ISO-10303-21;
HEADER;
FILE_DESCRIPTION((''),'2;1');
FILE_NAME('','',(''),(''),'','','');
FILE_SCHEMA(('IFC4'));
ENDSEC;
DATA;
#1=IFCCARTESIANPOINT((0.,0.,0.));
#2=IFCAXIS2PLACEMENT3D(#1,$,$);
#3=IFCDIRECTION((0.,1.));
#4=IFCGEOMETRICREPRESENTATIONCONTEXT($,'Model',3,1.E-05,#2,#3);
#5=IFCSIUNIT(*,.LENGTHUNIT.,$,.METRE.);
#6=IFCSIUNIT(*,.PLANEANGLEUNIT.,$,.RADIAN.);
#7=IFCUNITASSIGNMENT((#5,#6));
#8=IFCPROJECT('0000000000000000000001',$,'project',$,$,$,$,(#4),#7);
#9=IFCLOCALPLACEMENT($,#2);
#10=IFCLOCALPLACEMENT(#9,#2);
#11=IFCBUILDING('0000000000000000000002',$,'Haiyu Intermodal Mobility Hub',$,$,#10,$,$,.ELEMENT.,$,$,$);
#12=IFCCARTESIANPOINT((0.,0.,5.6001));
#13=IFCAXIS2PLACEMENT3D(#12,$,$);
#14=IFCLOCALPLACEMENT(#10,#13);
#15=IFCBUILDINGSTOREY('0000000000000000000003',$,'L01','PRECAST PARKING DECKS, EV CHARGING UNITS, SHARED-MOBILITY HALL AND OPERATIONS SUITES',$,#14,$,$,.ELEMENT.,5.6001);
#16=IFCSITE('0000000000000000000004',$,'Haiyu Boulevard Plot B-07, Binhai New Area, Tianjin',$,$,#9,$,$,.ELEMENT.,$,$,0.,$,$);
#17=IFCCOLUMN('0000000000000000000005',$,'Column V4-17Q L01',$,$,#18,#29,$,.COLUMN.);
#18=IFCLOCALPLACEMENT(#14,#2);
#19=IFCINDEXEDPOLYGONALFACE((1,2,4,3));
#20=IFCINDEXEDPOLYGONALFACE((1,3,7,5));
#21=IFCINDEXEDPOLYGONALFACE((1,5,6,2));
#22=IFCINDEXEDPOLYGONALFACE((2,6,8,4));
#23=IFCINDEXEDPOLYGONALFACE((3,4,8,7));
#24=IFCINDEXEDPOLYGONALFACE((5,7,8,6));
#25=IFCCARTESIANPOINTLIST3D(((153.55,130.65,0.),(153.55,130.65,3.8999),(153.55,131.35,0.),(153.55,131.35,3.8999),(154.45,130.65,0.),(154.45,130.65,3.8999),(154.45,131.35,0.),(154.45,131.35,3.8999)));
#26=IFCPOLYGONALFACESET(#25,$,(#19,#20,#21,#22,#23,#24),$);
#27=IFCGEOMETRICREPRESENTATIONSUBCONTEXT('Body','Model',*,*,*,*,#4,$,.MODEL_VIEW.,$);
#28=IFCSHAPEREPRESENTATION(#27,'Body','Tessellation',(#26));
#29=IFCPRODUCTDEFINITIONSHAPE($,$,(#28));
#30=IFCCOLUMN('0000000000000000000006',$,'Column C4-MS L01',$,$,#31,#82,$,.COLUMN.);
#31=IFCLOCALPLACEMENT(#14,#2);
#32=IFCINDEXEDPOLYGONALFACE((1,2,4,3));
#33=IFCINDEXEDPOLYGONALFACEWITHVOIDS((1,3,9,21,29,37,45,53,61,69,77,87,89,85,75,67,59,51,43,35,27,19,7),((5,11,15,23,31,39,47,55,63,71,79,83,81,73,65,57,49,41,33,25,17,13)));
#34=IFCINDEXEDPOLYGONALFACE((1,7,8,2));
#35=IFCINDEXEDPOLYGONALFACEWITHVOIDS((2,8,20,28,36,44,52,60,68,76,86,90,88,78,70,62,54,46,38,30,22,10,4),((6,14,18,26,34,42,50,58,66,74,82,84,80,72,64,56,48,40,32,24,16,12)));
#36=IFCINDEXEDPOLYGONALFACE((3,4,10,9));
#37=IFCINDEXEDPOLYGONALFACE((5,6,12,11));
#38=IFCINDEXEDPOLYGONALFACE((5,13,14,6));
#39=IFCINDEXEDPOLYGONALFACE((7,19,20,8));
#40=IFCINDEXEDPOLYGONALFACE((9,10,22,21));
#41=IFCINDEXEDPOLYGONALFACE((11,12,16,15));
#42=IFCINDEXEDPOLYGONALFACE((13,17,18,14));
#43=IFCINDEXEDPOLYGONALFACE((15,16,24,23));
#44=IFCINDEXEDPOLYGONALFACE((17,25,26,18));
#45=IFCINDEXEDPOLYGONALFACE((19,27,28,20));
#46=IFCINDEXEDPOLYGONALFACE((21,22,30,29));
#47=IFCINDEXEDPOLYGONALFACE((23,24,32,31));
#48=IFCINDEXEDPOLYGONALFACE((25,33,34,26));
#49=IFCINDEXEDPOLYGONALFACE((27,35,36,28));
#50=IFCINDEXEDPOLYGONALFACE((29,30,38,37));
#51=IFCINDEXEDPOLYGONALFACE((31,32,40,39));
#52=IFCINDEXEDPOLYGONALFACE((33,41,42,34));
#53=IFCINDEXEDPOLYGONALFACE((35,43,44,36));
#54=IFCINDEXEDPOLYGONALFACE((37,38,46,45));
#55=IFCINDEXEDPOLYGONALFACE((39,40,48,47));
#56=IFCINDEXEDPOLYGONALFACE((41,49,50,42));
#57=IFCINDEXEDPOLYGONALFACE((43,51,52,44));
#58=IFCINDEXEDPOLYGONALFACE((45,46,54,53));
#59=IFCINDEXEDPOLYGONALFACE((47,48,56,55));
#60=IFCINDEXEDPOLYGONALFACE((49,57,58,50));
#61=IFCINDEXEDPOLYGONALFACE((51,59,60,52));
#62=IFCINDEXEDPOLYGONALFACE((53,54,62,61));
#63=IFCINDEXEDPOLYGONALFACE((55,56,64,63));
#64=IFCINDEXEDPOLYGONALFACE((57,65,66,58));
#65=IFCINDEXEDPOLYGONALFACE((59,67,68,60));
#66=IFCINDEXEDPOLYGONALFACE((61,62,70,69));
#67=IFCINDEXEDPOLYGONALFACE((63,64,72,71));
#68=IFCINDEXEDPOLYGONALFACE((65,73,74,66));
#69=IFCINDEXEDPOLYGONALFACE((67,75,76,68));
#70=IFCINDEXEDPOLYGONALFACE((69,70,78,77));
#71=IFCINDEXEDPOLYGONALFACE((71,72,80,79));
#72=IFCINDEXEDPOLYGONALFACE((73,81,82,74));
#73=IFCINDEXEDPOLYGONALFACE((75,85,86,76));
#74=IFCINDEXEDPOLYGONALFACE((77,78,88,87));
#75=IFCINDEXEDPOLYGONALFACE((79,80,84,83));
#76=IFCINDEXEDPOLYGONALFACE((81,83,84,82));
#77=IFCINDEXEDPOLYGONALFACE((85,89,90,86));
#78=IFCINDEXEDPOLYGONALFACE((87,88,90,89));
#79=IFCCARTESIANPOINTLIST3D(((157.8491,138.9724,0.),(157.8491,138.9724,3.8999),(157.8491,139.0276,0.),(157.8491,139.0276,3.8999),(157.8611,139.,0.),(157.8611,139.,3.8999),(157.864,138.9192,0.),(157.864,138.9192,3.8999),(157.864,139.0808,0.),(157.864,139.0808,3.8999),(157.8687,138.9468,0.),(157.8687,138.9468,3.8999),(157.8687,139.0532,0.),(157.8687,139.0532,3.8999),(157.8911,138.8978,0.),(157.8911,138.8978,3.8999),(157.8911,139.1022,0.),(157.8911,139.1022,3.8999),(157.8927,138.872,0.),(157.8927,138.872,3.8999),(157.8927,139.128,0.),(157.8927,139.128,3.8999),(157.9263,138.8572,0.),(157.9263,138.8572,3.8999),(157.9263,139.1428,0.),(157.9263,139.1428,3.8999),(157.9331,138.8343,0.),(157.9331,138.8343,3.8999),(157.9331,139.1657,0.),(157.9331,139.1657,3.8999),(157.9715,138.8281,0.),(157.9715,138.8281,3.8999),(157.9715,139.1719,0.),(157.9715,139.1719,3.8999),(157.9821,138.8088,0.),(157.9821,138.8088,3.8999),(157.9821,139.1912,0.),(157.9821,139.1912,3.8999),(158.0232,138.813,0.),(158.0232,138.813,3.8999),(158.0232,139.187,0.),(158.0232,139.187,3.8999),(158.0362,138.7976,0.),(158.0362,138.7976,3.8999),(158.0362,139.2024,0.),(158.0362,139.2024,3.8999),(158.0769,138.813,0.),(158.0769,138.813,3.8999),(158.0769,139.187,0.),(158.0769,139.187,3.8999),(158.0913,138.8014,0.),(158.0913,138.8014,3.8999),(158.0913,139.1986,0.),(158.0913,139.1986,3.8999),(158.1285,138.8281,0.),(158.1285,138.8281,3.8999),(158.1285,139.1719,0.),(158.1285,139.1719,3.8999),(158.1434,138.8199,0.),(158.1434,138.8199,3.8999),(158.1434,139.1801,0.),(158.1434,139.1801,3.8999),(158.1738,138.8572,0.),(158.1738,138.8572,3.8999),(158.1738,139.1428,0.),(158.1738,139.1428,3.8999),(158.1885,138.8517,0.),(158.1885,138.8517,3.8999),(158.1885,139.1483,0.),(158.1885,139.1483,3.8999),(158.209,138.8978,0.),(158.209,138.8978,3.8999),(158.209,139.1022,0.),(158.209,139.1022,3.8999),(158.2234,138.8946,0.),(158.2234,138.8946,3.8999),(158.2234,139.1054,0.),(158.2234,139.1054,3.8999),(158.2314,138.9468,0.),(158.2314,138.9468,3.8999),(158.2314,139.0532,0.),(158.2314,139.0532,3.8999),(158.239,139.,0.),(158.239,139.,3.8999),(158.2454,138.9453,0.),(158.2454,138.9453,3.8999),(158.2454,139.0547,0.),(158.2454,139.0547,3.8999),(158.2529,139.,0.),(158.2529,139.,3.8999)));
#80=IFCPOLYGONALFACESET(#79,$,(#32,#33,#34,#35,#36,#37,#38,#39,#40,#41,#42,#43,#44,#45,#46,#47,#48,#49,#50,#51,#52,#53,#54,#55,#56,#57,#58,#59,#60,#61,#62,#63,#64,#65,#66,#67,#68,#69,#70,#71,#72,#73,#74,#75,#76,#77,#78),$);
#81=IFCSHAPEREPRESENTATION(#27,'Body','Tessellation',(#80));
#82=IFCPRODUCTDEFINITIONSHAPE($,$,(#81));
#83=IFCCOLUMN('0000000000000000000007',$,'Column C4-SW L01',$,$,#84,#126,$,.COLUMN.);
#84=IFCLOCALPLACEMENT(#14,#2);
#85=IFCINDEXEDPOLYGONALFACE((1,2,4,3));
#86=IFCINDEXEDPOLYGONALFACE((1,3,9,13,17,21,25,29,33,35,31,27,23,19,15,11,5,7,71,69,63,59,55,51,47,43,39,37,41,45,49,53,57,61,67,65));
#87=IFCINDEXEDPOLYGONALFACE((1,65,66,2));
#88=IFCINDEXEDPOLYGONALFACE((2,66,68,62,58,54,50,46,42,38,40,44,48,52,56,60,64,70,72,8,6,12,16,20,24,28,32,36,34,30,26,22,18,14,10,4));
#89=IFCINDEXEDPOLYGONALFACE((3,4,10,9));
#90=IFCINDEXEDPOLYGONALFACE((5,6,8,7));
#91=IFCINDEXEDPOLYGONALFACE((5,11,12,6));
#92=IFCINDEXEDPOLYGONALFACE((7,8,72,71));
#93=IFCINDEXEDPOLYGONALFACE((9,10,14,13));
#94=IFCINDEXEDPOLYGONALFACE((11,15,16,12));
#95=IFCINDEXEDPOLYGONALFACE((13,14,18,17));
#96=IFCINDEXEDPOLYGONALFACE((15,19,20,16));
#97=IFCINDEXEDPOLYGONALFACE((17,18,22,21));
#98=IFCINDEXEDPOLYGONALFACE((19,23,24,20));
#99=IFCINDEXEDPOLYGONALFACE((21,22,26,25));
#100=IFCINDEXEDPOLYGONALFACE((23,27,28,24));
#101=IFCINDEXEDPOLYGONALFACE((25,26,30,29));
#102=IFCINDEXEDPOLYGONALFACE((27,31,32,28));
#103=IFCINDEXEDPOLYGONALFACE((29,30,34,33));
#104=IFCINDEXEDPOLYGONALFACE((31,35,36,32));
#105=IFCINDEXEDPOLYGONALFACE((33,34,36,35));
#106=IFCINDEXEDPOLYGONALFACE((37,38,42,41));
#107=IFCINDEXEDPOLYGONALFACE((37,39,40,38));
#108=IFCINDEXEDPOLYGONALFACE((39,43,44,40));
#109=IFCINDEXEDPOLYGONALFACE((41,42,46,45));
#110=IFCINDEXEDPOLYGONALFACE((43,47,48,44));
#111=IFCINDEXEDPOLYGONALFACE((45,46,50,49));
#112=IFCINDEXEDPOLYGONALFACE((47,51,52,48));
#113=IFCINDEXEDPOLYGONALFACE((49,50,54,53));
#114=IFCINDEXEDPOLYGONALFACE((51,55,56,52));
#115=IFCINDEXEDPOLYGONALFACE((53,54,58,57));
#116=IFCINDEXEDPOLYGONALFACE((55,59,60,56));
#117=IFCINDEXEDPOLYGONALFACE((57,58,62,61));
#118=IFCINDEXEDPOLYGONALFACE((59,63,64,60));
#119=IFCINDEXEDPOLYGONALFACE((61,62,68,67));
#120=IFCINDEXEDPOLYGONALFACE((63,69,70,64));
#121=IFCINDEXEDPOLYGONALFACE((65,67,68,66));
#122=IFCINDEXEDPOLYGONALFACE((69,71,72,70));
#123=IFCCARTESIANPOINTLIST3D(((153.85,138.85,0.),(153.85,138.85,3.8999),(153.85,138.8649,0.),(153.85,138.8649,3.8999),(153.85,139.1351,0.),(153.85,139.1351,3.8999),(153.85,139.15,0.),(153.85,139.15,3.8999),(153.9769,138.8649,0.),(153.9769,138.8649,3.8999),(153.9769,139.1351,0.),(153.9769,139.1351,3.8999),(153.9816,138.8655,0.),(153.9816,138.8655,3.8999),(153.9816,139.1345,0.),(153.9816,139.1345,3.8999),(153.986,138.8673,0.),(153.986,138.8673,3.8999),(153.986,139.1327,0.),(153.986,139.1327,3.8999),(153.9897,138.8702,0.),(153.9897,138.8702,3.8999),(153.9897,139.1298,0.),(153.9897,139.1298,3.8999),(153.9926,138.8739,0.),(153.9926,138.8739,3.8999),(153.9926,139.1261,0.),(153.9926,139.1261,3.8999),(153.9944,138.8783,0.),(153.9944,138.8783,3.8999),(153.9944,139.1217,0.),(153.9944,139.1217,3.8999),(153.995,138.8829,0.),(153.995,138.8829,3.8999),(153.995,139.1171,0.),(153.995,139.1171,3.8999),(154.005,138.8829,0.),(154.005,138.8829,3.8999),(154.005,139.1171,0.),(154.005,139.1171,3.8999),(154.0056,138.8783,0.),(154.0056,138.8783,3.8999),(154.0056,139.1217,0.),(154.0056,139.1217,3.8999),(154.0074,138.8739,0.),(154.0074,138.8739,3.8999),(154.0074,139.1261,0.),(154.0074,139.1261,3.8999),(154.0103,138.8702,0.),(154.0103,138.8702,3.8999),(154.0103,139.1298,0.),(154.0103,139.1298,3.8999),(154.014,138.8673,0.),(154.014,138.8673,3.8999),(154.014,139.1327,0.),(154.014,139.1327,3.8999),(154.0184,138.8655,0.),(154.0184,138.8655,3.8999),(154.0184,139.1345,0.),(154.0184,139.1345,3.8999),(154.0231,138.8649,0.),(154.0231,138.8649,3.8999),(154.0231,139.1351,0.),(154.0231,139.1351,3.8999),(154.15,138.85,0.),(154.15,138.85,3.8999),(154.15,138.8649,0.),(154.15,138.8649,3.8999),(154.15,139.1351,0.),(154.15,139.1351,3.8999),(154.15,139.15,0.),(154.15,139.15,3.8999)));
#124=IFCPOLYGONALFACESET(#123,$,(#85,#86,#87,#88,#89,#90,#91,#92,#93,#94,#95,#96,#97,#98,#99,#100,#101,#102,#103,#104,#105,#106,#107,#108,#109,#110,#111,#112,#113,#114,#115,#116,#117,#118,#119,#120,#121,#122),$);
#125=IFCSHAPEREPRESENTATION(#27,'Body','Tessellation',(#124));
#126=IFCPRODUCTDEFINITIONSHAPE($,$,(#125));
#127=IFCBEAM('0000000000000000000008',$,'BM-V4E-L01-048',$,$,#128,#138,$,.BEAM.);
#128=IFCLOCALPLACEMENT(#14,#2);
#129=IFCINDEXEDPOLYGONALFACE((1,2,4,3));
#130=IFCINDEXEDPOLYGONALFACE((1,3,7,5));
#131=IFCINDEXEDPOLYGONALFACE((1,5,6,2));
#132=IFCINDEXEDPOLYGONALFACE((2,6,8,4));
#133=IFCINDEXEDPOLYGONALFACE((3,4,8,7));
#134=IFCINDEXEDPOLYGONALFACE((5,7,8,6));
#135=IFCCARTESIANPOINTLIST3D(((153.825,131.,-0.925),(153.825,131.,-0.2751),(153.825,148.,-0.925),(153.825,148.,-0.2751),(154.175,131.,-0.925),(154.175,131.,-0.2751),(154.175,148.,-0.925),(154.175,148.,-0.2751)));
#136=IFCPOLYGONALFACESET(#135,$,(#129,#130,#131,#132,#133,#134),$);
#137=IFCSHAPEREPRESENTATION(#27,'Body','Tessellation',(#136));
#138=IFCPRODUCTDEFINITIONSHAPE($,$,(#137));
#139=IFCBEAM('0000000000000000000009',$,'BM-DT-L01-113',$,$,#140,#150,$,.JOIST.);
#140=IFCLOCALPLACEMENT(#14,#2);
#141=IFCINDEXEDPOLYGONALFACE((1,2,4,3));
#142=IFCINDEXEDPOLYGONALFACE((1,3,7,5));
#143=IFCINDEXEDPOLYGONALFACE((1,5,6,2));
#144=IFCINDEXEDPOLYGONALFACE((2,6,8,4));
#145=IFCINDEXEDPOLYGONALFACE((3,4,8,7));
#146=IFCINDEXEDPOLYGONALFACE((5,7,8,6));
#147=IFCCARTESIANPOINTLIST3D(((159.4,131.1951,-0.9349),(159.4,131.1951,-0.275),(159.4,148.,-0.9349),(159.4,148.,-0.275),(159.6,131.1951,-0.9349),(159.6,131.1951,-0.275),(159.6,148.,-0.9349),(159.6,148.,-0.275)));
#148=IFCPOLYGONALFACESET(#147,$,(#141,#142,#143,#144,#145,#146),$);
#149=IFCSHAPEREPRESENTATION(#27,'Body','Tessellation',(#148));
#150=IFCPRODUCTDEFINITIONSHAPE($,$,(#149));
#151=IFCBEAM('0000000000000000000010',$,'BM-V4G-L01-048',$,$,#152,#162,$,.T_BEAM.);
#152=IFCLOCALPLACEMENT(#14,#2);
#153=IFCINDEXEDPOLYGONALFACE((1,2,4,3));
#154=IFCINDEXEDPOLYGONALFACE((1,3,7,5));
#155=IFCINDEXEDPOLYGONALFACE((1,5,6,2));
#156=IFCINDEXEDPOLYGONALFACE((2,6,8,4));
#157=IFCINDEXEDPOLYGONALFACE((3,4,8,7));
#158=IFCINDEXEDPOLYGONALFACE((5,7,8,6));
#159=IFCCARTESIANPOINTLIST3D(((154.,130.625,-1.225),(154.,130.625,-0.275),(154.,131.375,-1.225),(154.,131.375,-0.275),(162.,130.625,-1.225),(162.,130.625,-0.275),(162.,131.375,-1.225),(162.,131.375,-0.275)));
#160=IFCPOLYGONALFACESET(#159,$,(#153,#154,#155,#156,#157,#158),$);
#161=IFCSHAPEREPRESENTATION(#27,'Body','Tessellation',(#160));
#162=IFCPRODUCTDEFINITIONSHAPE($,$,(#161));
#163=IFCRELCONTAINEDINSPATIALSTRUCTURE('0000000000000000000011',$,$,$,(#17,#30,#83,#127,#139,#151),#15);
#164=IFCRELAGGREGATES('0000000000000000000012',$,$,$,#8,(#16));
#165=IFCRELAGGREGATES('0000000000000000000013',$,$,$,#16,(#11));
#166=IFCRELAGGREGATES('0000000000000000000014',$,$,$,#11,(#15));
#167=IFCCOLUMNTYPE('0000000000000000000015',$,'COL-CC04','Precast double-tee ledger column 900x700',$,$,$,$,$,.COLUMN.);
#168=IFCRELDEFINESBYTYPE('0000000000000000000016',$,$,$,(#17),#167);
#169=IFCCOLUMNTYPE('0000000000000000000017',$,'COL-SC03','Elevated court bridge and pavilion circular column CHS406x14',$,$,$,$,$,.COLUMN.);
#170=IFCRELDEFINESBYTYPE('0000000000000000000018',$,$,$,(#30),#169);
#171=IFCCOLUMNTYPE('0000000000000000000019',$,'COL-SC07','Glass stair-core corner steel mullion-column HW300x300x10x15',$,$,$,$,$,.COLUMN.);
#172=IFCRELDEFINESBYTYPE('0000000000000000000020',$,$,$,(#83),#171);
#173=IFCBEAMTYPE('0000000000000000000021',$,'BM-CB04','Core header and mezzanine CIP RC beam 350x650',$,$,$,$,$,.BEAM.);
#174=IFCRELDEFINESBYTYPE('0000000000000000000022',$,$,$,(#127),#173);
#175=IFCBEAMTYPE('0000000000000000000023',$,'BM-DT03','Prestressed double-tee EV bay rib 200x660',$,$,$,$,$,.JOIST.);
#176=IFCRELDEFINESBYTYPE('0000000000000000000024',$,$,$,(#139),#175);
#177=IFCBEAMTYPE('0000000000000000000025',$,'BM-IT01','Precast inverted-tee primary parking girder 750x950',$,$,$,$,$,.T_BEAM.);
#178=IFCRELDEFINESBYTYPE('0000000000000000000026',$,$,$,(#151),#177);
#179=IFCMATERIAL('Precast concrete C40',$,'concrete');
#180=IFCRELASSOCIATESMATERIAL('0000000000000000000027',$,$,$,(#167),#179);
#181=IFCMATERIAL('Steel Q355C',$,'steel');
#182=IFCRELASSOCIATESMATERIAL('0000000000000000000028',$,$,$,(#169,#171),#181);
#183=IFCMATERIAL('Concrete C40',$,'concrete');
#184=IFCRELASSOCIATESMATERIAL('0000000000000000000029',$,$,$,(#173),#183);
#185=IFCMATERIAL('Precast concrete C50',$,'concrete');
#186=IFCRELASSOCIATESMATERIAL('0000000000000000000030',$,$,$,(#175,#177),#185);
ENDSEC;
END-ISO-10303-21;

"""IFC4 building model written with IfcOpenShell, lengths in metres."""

from ifc_helpers import new_model, si_unit, direction, frame, origin, origin_2d, place, context, subcontext, project, spatial, rectangle, hollow_circle, i_section, extrude, material, material_profile, profile_set, type_object, element, save


model = new_model("IFC4")

# Units and contexts
model_context = context("Model", 3, precision=1e-05, world=origin(), true_north=direction((0.0, 1.0)))
body_context = subcontext(model_context, "Body", "Model", "MODEL_VIEW")
ifc_project = project(units=[si_unit("LENGTHUNIT", "METRE"), si_unit("PLANEANGLEUNIT", "RADIAN")], contexts=[model_context])

# Site, building, storey
site_placement = place(None, origin())
site = spatial("IfcSite", under=ifc_project, at=site_placement, Name="Haiyu Boulevard Plot B-07, Binhai New Area, Tianjin", CompositionType="ELEMENT", RefElevation=0.0)
building_placement = place(site_placement, origin())
building = spatial("IfcBuilding", under=site, at=building_placement, Name="Haiyu Intermodal Mobility Hub", CompositionType="ELEMENT")
storey_placement = place(building_placement, frame((0.0, 0.0, 5.6001)))
storey = spatial("IfcBuildingStorey", under=building, at=storey_placement, Name="L01", Description="PRECAST PARKING DECKS, EV CHARGING UNITS, SHARED-MOBILITY HALL AND OPERATIONS SUITES", CompositionType="ELEMENT", Elevation=5.6001)

# Columns
ifc_material_1 = material(Name="Precast concrete C40", Category="concrete")
ifc_material_profile_1 = material_profile(ifc_material_1, rectangle(XDim=0.8999, YDim=0.7, at=origin_2d()), Name="RC900x700")
ifc_profile_set_1 = profile_set([ifc_material_profile_1], Name="Precast concrete C40")
column_type_1 = type_object("IfcColumnType", Name="COL-CC04", Description="Precast double-tee ledger column 900x700", PredefinedType="COLUMN", material=ifc_profile_set_1)
column_1_placement = place(storey_placement, frame((154.0, 131.0, 0.0), z_axis=(0.0, 0.0, 1.0), x_axis=(1.0, 0.0, 0.0)))
element("IfcColumn", 1, at=column_1_placement, inside=storey, type_object=column_type_1, Name="Column V4-17Q L01", PredefinedType="COLUMN", context=body_context, shape_type="SweptSolid", body=[
    extrude(rectangle(XDim=0.8999, YDim=0.7, at=origin_2d()), origin(), (0.0, 0.0, 1.0), 3.8999),
])
ifc_material_2 = material(Name="Steel Q355C", Category="steel")
ifc_material_profile_2 = material_profile(ifc_material_2, hollow_circle(Radius=0.2029, WallThickness=0.0139, at=origin_2d()), Name="CHS406x14")
ifc_profile_set_2 = profile_set([ifc_material_profile_2], Name="Steel Q355C")
column_type_2 = type_object("IfcColumnType", Name="COL-SC03", Description="Elevated court bridge and pavilion circular column CHS406x14", PredefinedType="COLUMN", material=ifc_profile_set_2)
column_2_placement = place(storey_placement, frame((158.05, 139.0, 0.0), z_axis=(0.0, 0.0, 1.0), x_axis=(1.0, 0.0, 0.0)))
element("IfcColumn", 2, at=column_2_placement, inside=storey, type_object=column_type_2, Name="Column C4-MS L01", PredefinedType="COLUMN", context=body_context, shape_type="SweptSolid", body=[
    extrude(hollow_circle(Radius=0.2029, WallThickness=0.0139, at=origin_2d()), origin(), (0.0, 0.0, 1.0), 3.8999),
])
ifc_material_profile_3 = material_profile(ifc_material_2, i_section(OverallWidth=0.3, OverallDepth=0.3, WebThickness=0.01, FlangeThickness=0.0149, FilletRadius=0.0181, at=origin_2d()), Name="HW300x300x10x15")
ifc_profile_set_3 = profile_set([ifc_material_profile_3], Name="Steel Q355C")
column_type_3 = type_object("IfcColumnType", Name="COL-SC07", Description="Glass stair-core corner steel mullion-column HW300x300x10x15", PredefinedType="COLUMN", material=ifc_profile_set_3)
column_3_placement = place(storey_placement, frame((154.0, 139.0, 0.0), z_axis=(0.0, 0.0, 1.0), x_axis=(1.0, 0.0, 0.0)))
element("IfcColumn", 3, at=column_3_placement, inside=storey, type_object=column_type_3, Name="Column C4-SW L01", PredefinedType="COLUMN", context=body_context, shape_type="SweptSolid", body=[
    extrude(i_section(OverallWidth=0.3, OverallDepth=0.3, WebThickness=0.01, FlangeThickness=0.0149, FilletRadius=0.0181, at=origin_2d()), origin(), (0.0, 0.0, 1.0), 3.8999),
])

# Beams
ifc_material_3 = material(Name="Concrete C40", Category="concrete")
ifc_material_profile_4 = material_profile(ifc_material_3, rectangle(XDim=0.3501, YDim=0.6499, at=origin_2d()), Name="RCB350x650")
ifc_profile_set_4 = profile_set([ifc_material_profile_4], Name="Concrete C40")
beam_type_1 = type_object("IfcBeamType", Name="BM-CB04", Description="Core header and mezzanine CIP RC beam 350x650", PredefinedType="BEAM", material=ifc_profile_set_4)
beam_1_placement = place(storey_placement, frame((154.0, 131.0, -0.6001), z_axis=(0.0, 1.0, 0.0), x_axis=(-1.0, 0.0, 0.0)))
element("IfcBeam", 4, at=beam_1_placement, inside=storey, type_object=beam_type_1, Name="BM-V4E-L01-048", PredefinedType="BEAM", context=body_context, shape_type="SweptSolid", body=[
    extrude(rectangle(XDim=0.3501, YDim=0.6499, at=origin_2d()), origin(), (0.0, 0.0, 1.0), 17.0),
])
ifc_material_4 = material(Name="Precast concrete C50", Category="concrete")
ifc_material_profile_5 = material_profile(ifc_material_4, rectangle(XDim=0.2, YDim=0.6599, at=origin_2d()), Name="PC200x660")
ifc_profile_set_5 = profile_set([ifc_material_profile_5], Name="Precast concrete C50")
beam_type_2 = type_object("IfcBeamType", Name="BM-DT03", Description="Prestressed double-tee EV bay rib 200x660", PredefinedType="JOIST", material=ifc_profile_set_5)
beam_2_placement = place(storey_placement, frame((159.5, 131.1951, -0.605), z_axis=(0.0, 1.0, 0.0), x_axis=(-1.0, 0.0, 0.0)))
element("IfcBeam", 5, at=beam_2_placement, inside=storey, type_object=beam_type_2, Name="BM-DT-L01-113", PredefinedType="JOIST", context=body_context, shape_type="SweptSolid", body=[
    extrude(rectangle(XDim=0.2, YDim=0.6599, at=origin_2d()), origin(), (0.0, 0.0, 1.0), 16.8049),
])
ifc_material_profile_6 = material_profile(ifc_material_4, rectangle(XDim=0.75, YDim=0.95, at=origin_2d()), Name="PC750x950")
ifc_profile_set_6 = profile_set([ifc_material_profile_6], Name="Precast concrete C50")
beam_type_3 = type_object("IfcBeamType", Name="BM-IT01", Description="Precast inverted-tee primary parking girder 750x950", PredefinedType="T_BEAM", material=ifc_profile_set_6)
beam_3_placement = place(storey_placement, frame((154.0, 131.0, -0.75), z_axis=(1.0, 0.0, 0.0), x_axis=(0.0, 1.0, 0.0)))
element("IfcBeam", 6, at=beam_3_placement, inside=storey, type_object=beam_type_3, Name="BM-V4G-L01-048", PredefinedType="T_BEAM", context=body_context, shape_type="SweptSolid", body=[
    extrude(rectangle(XDim=0.75, YDim=0.95, at=origin_2d()), origin(), (0.0, 0.0, 1.0), 8.0),
])

save(model, "model.ifc")
